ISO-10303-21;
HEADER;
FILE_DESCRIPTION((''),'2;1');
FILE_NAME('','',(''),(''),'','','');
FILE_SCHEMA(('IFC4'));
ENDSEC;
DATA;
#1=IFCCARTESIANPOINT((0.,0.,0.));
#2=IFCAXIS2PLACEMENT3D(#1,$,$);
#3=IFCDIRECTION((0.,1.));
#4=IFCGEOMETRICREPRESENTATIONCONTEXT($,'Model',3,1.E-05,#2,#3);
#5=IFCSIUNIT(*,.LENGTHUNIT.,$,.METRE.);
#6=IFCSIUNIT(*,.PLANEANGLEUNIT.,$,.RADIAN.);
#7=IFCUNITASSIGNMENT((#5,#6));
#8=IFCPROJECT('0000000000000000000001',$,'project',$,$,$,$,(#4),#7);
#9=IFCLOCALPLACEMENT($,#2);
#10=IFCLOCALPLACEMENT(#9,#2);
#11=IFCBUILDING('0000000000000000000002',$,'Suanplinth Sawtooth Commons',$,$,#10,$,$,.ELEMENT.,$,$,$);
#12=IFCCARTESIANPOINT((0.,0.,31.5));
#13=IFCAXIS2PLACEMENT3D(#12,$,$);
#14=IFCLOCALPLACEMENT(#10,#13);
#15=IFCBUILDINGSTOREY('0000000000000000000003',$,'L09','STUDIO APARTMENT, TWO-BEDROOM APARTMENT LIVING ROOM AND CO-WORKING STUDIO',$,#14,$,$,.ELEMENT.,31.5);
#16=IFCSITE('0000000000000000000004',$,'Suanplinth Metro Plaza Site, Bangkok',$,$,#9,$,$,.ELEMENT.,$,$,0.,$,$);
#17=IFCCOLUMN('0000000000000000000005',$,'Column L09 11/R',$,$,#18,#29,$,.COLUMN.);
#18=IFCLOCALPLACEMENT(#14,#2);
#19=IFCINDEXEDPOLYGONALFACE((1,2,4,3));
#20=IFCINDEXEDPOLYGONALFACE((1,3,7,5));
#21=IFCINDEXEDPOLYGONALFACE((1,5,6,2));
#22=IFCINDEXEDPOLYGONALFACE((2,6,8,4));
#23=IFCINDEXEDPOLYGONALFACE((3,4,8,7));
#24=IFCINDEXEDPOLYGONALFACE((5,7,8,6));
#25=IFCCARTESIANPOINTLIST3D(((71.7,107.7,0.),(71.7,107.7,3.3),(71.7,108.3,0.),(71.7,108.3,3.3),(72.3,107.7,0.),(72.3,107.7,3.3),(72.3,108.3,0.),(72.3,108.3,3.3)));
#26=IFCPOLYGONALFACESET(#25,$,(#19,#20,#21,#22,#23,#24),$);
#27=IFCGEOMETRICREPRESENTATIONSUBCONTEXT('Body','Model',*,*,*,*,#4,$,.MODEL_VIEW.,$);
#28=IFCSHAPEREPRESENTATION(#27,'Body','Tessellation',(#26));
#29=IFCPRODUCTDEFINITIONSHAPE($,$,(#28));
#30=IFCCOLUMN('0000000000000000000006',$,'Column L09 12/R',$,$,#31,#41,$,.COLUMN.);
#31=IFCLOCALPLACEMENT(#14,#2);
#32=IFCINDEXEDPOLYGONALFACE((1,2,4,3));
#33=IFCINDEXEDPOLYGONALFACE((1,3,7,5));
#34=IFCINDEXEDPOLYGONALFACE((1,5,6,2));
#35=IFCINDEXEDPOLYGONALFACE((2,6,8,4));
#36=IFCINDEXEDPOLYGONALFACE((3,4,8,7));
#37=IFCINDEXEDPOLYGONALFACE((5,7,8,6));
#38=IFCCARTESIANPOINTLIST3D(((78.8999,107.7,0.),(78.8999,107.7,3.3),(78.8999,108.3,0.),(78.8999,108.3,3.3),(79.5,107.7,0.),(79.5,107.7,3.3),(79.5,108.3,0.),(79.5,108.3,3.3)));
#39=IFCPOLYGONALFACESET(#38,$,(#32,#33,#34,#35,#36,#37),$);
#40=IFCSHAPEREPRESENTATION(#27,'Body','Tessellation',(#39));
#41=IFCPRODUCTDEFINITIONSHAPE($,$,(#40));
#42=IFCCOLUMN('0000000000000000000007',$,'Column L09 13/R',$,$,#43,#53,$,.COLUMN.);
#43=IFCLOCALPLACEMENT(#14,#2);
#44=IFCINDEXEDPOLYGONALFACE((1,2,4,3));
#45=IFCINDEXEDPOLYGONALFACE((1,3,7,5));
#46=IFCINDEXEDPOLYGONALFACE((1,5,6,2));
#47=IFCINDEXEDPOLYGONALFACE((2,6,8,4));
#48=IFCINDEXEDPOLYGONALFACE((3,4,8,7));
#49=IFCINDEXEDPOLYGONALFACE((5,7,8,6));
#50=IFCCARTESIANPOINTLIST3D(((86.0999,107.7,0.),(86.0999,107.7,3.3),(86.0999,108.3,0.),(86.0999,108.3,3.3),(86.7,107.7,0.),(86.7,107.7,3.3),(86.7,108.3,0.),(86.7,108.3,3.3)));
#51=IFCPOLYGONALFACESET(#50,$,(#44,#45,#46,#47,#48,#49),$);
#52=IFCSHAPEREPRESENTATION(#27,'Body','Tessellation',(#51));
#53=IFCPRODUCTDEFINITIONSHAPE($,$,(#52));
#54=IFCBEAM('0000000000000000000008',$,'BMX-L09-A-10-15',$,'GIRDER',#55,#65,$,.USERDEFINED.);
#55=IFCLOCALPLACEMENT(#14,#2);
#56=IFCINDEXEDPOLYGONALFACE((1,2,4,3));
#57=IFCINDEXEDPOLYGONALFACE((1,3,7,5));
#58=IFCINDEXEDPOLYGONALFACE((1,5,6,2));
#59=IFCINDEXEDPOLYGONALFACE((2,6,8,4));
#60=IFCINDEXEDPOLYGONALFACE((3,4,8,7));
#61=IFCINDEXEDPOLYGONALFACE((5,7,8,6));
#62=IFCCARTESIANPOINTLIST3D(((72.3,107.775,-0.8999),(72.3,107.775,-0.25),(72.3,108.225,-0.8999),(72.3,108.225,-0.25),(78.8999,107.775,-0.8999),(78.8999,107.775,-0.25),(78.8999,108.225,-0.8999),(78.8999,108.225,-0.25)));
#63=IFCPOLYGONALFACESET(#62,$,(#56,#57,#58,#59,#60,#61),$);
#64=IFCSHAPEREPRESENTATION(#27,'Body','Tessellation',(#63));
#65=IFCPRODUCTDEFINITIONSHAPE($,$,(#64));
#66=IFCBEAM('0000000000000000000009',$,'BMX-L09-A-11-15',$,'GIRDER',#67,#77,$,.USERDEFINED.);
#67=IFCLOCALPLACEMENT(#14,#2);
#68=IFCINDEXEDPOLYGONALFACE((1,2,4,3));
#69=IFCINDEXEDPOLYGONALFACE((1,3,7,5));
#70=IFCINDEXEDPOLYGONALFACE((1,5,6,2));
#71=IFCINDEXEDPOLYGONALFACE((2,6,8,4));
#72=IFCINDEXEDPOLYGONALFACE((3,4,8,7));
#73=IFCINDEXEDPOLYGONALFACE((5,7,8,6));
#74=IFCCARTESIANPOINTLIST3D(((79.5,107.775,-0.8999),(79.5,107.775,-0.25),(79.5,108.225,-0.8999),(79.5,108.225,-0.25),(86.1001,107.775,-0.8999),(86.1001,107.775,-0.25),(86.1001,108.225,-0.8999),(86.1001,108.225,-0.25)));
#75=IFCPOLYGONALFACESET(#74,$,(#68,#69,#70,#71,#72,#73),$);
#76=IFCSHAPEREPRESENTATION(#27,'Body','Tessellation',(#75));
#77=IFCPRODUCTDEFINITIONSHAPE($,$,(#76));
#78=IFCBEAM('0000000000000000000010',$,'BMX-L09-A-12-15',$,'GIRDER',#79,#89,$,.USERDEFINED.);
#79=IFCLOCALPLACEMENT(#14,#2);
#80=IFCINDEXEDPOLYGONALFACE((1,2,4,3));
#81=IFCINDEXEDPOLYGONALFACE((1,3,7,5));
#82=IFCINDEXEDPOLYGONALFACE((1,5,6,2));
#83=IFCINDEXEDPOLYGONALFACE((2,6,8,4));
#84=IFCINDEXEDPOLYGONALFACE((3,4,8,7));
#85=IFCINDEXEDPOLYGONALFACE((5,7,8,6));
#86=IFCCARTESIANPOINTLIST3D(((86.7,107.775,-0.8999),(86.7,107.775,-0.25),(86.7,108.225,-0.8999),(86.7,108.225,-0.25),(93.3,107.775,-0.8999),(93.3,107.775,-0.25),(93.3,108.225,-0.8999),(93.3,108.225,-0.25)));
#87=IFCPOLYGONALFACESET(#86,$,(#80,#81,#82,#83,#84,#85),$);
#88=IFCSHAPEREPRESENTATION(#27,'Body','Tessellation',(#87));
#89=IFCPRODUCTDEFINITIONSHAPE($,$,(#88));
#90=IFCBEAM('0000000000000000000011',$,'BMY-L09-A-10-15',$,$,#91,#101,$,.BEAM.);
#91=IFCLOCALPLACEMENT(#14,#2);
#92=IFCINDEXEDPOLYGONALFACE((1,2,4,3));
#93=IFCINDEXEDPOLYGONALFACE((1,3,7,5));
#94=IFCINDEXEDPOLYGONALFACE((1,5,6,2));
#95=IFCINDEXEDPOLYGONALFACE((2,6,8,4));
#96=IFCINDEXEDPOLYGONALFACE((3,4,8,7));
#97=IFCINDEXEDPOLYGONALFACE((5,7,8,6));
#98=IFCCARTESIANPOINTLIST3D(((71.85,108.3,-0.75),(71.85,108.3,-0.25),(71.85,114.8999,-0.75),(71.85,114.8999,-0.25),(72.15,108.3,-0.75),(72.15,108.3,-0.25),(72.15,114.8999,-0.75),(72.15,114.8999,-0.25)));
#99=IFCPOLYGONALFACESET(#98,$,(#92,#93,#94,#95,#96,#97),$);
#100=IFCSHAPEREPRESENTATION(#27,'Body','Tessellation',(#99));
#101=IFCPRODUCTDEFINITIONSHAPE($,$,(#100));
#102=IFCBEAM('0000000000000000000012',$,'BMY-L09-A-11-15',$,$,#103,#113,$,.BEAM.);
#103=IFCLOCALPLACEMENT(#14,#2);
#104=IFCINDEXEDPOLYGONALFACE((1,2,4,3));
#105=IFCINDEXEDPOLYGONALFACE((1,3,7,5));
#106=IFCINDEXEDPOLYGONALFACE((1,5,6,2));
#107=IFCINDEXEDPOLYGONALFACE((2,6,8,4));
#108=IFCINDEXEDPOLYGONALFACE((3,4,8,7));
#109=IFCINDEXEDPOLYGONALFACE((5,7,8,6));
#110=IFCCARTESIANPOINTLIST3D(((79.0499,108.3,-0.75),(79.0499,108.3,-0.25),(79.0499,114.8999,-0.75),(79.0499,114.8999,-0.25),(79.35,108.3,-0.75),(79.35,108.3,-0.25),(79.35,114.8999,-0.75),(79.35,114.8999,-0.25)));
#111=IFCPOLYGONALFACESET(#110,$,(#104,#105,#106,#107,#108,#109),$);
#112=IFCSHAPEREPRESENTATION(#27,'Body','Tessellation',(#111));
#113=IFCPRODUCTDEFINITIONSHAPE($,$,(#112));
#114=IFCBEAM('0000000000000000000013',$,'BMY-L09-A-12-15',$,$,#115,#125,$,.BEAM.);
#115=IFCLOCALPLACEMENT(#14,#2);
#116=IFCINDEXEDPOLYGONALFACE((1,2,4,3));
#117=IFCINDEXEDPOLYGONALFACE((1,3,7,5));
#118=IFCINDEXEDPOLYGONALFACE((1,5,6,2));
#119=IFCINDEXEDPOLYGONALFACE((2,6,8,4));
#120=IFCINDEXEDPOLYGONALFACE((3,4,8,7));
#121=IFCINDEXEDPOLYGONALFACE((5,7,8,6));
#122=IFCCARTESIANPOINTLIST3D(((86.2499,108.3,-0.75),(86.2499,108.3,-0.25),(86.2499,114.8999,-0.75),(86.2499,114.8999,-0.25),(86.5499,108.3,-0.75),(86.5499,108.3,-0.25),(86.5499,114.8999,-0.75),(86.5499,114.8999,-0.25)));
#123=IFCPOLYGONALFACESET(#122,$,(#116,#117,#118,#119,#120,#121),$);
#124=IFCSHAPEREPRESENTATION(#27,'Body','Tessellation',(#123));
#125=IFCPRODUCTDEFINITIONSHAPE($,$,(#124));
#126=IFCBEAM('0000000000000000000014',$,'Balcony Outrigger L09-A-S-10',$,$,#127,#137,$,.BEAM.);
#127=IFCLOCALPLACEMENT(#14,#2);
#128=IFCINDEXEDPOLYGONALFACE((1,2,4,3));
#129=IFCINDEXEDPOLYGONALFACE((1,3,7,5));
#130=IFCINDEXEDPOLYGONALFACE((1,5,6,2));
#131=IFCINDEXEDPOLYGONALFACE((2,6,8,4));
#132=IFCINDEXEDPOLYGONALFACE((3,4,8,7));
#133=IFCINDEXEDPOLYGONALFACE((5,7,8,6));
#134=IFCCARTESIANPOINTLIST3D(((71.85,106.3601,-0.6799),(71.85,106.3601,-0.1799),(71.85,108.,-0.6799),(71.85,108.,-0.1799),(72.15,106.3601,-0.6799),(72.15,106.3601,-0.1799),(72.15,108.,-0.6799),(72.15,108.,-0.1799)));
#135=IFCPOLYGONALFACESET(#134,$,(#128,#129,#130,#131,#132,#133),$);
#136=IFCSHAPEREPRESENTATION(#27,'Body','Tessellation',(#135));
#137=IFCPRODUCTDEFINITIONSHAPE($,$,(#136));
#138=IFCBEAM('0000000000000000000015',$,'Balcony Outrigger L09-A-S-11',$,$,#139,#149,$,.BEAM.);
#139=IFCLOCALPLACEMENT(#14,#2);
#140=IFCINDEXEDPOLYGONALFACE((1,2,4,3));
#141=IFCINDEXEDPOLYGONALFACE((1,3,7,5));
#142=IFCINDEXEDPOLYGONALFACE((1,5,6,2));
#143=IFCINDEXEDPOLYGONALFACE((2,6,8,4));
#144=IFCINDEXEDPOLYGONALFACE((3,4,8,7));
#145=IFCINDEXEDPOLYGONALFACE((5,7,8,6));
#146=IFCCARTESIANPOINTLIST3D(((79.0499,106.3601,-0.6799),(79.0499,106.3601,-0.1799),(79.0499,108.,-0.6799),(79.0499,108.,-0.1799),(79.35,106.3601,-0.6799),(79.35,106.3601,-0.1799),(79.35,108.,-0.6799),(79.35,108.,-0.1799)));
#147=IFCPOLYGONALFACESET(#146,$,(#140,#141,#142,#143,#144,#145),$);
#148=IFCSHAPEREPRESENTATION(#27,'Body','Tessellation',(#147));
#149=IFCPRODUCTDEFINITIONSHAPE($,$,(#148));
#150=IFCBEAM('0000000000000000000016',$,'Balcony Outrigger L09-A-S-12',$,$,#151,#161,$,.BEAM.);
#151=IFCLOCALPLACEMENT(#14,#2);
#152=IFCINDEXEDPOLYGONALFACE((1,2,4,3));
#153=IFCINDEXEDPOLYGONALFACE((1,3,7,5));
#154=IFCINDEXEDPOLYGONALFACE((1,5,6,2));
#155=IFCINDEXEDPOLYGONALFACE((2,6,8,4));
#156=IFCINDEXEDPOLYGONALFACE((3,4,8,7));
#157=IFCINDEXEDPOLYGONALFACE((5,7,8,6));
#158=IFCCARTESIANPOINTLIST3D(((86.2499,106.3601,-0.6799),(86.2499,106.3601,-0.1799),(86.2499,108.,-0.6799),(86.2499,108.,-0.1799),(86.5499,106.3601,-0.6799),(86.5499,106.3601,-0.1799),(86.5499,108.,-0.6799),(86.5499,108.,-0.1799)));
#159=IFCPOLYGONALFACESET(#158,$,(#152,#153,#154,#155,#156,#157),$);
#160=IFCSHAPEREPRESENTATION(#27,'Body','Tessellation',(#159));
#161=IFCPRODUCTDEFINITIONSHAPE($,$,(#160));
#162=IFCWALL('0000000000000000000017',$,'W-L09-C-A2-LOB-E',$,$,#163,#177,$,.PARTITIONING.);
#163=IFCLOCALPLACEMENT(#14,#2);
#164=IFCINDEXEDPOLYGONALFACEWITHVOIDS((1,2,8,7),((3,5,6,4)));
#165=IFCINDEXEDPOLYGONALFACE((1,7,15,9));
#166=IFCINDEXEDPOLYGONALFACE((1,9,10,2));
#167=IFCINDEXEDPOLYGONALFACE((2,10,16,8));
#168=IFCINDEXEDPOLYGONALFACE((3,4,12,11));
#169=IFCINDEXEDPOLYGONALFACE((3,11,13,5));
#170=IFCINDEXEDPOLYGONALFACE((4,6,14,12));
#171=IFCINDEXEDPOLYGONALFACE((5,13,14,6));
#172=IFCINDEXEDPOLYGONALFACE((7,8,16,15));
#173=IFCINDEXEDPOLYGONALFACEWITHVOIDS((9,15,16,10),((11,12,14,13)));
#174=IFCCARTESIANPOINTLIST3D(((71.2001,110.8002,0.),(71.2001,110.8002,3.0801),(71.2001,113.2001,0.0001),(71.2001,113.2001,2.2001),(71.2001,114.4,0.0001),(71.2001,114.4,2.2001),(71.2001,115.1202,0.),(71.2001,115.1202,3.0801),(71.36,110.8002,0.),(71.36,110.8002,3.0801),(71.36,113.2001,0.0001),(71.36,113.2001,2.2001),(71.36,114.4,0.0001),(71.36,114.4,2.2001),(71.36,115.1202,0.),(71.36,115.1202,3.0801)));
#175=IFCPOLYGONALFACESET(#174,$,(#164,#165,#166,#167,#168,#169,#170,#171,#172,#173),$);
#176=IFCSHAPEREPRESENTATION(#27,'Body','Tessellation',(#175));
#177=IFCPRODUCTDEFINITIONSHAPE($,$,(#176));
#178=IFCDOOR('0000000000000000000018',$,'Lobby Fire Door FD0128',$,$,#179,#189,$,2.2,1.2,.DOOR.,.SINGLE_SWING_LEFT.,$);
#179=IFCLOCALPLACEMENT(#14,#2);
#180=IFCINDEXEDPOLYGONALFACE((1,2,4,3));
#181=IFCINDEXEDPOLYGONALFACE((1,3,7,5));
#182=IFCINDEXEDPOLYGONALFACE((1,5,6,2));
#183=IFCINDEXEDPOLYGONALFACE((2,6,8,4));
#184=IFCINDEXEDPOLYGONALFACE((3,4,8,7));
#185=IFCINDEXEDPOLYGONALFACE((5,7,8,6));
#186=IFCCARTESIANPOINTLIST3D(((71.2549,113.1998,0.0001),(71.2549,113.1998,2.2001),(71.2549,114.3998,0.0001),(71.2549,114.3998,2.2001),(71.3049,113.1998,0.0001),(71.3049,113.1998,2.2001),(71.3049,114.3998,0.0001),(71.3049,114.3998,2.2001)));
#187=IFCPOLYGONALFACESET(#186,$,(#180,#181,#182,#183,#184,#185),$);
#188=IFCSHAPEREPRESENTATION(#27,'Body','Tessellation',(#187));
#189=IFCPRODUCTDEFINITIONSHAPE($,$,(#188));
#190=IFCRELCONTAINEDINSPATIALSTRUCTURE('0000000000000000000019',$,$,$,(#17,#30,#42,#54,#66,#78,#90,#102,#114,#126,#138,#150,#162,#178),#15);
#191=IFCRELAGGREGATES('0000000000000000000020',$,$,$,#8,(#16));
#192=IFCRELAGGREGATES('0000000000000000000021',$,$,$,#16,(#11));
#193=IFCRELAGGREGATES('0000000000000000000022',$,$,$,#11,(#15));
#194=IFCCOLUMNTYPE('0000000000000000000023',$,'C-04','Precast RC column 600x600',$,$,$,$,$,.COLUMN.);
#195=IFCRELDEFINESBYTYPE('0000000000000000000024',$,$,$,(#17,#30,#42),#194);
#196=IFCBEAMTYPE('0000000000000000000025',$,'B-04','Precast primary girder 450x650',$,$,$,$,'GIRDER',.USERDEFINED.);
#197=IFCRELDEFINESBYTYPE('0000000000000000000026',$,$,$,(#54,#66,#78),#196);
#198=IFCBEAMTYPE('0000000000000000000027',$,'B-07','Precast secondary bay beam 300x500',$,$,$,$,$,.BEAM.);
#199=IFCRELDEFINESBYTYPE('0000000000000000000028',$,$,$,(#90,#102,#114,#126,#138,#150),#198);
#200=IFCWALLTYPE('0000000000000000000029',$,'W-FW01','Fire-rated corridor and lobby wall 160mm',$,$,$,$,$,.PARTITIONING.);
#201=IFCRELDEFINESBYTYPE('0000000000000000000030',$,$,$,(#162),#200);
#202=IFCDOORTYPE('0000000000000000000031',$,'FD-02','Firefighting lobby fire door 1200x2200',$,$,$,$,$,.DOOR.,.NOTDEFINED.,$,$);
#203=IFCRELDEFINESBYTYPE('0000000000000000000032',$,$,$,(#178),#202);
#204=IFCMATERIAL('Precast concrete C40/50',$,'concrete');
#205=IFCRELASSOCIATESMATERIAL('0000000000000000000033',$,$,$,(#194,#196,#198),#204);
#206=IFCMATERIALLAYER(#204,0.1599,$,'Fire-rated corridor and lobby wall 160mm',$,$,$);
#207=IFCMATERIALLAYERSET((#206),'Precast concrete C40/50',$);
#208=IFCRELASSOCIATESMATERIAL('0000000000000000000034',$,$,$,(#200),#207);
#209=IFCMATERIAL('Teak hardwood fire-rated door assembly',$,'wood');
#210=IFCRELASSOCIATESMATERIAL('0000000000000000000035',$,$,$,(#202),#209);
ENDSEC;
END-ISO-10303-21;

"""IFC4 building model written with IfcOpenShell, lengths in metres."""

from ifc_helpers import new_model, si_unit, direction, frame, frame_2d, origin, origin_2d, place, context, subcontext, project, spatial, rectangle, extrude, material, layer, layer_set, material_profile, profile_set, type_object, element, fill, save


model = new_model("IFC4")

# Units and contexts
model_context = context("Model", 3, precision=1e-05, world=origin(), true_north=direction((0.0, 1.0)))
body_context = subcontext(model_context, "Body", "Model", "MODEL_VIEW")
ifc_project = project(units=[si_unit("LENGTHUNIT", "METRE"), si_unit("PLANEANGLEUNIT", "RADIAN")], contexts=[model_context])

# Site, building, storey
site_placement = place(None, origin())
site = spatial("IfcSite", under=ifc_project, at=site_placement, Name="Suanplinth Metro Plaza Site, Bangkok", CompositionType="ELEMENT", RefElevation=0.0)
building_placement = place(site_placement, origin())
building = spatial("IfcBuilding", under=site, at=building_placement, Name="Suanplinth Sawtooth Commons", CompositionType="ELEMENT")
storey_placement = place(building_placement, frame((0.0, 0.0, 31.5)))
storey = spatial("IfcBuildingStorey", under=building, at=storey_placement, Name="L09", Description="STUDIO APARTMENT, TWO-BEDROOM APARTMENT LIVING ROOM AND CO-WORKING STUDIO", CompositionType="ELEMENT", Elevation=31.5)

# Columns
ifc_material_1 = material(Name="Precast concrete C40/50", Category="concrete")
ifc_material_profile_1 = material_profile(ifc_material_1, rectangle(XDim=0.6001, YDim=0.6001, at=origin_2d()), Name="PC-COL 600x600")
ifc_profile_set_1 = profile_set([ifc_material_profile_1], Name="Precast concrete C40/50")
column_type = type_object("IfcColumnType", Name="C-04", Description="Precast RC column 600x600", PredefinedType="COLUMN", material=ifc_profile_set_1)
for number, where, z_axis, x_axis, name in (
    (1, (72.0, 108.0, 0.0), (0.0, 0.0, 1.0), (1.0, 0.0, 0.0), "Column L09 11/R"),
    (2, (79.2, 108.0, 0.0), (0.0, 0.0, 1.0), (1.0, 0.0, 0.0), "Column L09 12/R"),
    (3, (86.3999, 108.0, 0.0), (0.0, 0.0, 1.0), (1.0, 0.0, 0.0), "Column L09 13/R"),
):
    element("IfcColumn", number, at=place(storey_placement, frame(where, z_axis=z_axis, x_axis=x_axis)), inside=storey, type_object=column_type, Name=name, PredefinedType="COLUMN", context=body_context, shape_type="SweptSolid", body=[
        extrude(rectangle(XDim=0.6001, YDim=0.6001, at=origin_2d()), origin(), (0.0, 0.0, 1.0), 3.3),
    ])

# Beams
ifc_material_profile_2 = material_profile(ifc_material_1, rectangle(XDim=0.45, YDim=0.6499, at=origin_2d()), Name="PC-GDR 450x650")
ifc_profile_set_2 = profile_set([ifc_material_profile_2], Name="Precast concrete C40/50")
beam_type_1 = type_object("IfcBeamType", Name="B-04", Description="Precast primary girder 450x650", ElementType="GIRDER", PredefinedType="USERDEFINED", material=ifc_profile_set_2)
beam_placement = place(storey_placement, frame((72.3, 108.0, -0.575), z_axis=(1.0, 0.0, 0.0), x_axis=(0.0, 1.0, 0.0)))
element("IfcBeam", 4, at=beam_placement, inside=storey, type_object=beam_type_1, Name="BMX-L09-A-10-15", ObjectType="GIRDER", PredefinedType="USERDEFINED", context=body_context, shape_type="SweptSolid", body=[
    extrude(rectangle(XDim=0.45, YDim=0.6499, at=origin_2d()), origin(), (0.0, 0.0, 1.0), 6.5999),
])
for number, where, z_axis, x_axis, name in (
    (5, (79.5, 108.0, -0.575), (1.0, 0.0, 0.0), (0.0, 1.0, 0.0), "BMX-L09-A-11-15"),
    (6, (86.7, 108.0, -0.575), (1.0, 0.0, 0.0), (0.0, 1.0, 0.0), "BMX-L09-A-12-15"),
):
    element("IfcBeam", number, at=place(storey_placement, frame(where, z_axis=z_axis, x_axis=x_axis)), inside=storey, type_object=beam_type_1, Name=name, ObjectType="GIRDER", PredefinedType="USERDEFINED", context=body_context, shape_type="SweptSolid", body=[
        extrude(rectangle(XDim=0.45, YDim=0.6499, at=origin_2d()), origin(), (0.0, 0.0, 1.0), 6.6001),
    ])
ifc_material_profile_3 = material_profile(ifc_material_1, rectangle(XDim=0.3, YDim=0.5, at=origin_2d()), Name="PC-BM 300x500")
ifc_profile_set_3 = profile_set([ifc_material_profile_3], Name="Precast concrete C40/50")
beam_type_2 = type_object("IfcBeamType", Name="B-07", Description="Precast secondary bay beam 300x500", PredefinedType="BEAM", material=ifc_profile_set_3)
for number, where, z_axis, x_axis, name in (
    (7, (72.0, 108.3, -0.5), (0.0, 1.0, 0.0), (-1.0, 0.0, 0.0), "BMY-L09-A-10-15"),
    (8, (79.2, 108.3, -0.5), (0.0, 1.0, 0.0), (-1.0, 0.0, 0.0), "BMY-L09-A-11-15"),
    (9, (86.3999, 108.3, -0.5), (0.0, 1.0, 0.0), (-1.0, 0.0, 0.0), "BMY-L09-A-12-15"),
):
    element("IfcBeam", number, at=place(storey_placement, frame(where, z_axis=z_axis, x_axis=x_axis)), inside=storey, type_object=beam_type_2, Name=name, PredefinedType="BEAM", context=body_context, shape_type="SweptSolid", body=[
        extrude(rectangle(XDim=0.3, YDim=0.5, at=origin_2d()), origin(), (0.0, 0.0, 1.0), 6.5999),
    ])
for number, where, z_axis, x_axis, name in (
    (10, (72.0, 108.0, -0.4299), (0.0, -1.0, 0.0), (1.0, 0.0, 0.0), "Balcony Outrigger L09-A-S-10"),
    (11, (79.2, 108.0, -0.4299), (0.0, -1.0, 0.0), (1.0, 0.0, 0.0), "Balcony Outrigger L09-A-S-11"),
    (12, (86.3999, 108.0, -0.4299), (0.0, -1.0, 0.0), (1.0, 0.0, 0.0), "Balcony Outrigger L09-A-S-12"),
):
    element("IfcBeam", number, at=place(storey_placement, frame(where, z_axis=z_axis, x_axis=x_axis)), inside=storey, type_object=beam_type_2, Name=name, PredefinedType="BEAM", context=body_context, shape_type="SweptSolid", body=[
        extrude(rectangle(XDim=0.3, YDim=0.5, at=origin_2d()), origin(), (0.0, 0.0, 1.0), 1.6399),
    ])

# Wall, opening, door
ifc_layer_1 = layer(ifc_material_1, 0.1599, Name="Fire-rated corridor and lobby wall 160mm")
ifc_layer_set_1 = layer_set([ifc_layer_1], Name="Precast concrete C40/50")
wall_type_1 = type_object("IfcWallType", Name="W-FW01", Description="Fire-rated corridor and lobby wall 160mm", PredefinedType="PARTITIONING", material=ifc_layer_set_1)
wall_1_placement = place(storey_placement, frame((71.28, 110.8, 0.0), z_axis=(0.0, 0.0, 1.0), x_axis=(0.0, 1.0, 0.0)))
wall_1 = element("IfcWall", 13, at=wall_1_placement, inside=storey, type_object=wall_type_1, Name="W-L09-C-A2-LOB-E", PredefinedType="PARTITIONING", context=body_context, shape_type="SweptSolid", body=[
    extrude(rectangle(XDim=4.3201, YDim=0.1599, at=frame_2d((2.1602, 0.0))), origin(), (0.0, 0.0, 1.0), 3.0801),
])
opening_1_placement = place(wall_1_placement, frame((2.3999, 0.0, 0.0)))
opening_1 = element("IfcOpeningElement", 14, at=opening_1_placement, cuts=wall_1, PredefinedType="OPENING", context=body_context, shape_type="SweptSolid", body=[
    extrude(rectangle(XDim=1.2, YDim=2.2, at=frame_2d((0.6001, 1.1001))), frame((0.0, 0.0947, 0.0), z_axis=(0.0, -1.0, 0.0), x_axis=(1.0, 0.0, 0.0)), (0.0, 0.0, 1.0), 0.1897),
])
ifc_material_2 = material(Name="Teak hardwood fire-rated door assembly", Category="wood")
door_type_1 = type_object("IfcDoorType", Name="FD-02", Description="Firefighting lobby fire door 1200x2200", OperationType="NOTDEFINED", PredefinedType="DOOR", material=ifc_material_2)
door_1_placement = place(opening_1_placement, frame((1.2, 0.0, 0.0), z_axis=(0.0, 0.0, 1.0), x_axis=(-1.0, 0.0, 0.0)))
door_1 = element("IfcDoor", 15, at=door_1_placement, inside=storey, type_object=door_type_1, Name="Lobby Fire Door FD0128", OperationType="SINGLE_SWING_LEFT", OverallHeight=2.2, OverallWidth=1.2, PredefinedType="DOOR", context=body_context, shape_type="SweptSolid", body=[
    extrude(rectangle(XDim=1.2, YDim=2.2, at=frame_2d((0.6001, 1.1001))), frame((0.0, 0.0249, 0.0), z_axis=(0.0, -1.0, 0.0), x_axis=(1.0, 0.0, 0.0)), (0.0, 0.0, 1.0), 0.05),
])
fill(opening_1, door_1)

save(model, "model.ifc")
